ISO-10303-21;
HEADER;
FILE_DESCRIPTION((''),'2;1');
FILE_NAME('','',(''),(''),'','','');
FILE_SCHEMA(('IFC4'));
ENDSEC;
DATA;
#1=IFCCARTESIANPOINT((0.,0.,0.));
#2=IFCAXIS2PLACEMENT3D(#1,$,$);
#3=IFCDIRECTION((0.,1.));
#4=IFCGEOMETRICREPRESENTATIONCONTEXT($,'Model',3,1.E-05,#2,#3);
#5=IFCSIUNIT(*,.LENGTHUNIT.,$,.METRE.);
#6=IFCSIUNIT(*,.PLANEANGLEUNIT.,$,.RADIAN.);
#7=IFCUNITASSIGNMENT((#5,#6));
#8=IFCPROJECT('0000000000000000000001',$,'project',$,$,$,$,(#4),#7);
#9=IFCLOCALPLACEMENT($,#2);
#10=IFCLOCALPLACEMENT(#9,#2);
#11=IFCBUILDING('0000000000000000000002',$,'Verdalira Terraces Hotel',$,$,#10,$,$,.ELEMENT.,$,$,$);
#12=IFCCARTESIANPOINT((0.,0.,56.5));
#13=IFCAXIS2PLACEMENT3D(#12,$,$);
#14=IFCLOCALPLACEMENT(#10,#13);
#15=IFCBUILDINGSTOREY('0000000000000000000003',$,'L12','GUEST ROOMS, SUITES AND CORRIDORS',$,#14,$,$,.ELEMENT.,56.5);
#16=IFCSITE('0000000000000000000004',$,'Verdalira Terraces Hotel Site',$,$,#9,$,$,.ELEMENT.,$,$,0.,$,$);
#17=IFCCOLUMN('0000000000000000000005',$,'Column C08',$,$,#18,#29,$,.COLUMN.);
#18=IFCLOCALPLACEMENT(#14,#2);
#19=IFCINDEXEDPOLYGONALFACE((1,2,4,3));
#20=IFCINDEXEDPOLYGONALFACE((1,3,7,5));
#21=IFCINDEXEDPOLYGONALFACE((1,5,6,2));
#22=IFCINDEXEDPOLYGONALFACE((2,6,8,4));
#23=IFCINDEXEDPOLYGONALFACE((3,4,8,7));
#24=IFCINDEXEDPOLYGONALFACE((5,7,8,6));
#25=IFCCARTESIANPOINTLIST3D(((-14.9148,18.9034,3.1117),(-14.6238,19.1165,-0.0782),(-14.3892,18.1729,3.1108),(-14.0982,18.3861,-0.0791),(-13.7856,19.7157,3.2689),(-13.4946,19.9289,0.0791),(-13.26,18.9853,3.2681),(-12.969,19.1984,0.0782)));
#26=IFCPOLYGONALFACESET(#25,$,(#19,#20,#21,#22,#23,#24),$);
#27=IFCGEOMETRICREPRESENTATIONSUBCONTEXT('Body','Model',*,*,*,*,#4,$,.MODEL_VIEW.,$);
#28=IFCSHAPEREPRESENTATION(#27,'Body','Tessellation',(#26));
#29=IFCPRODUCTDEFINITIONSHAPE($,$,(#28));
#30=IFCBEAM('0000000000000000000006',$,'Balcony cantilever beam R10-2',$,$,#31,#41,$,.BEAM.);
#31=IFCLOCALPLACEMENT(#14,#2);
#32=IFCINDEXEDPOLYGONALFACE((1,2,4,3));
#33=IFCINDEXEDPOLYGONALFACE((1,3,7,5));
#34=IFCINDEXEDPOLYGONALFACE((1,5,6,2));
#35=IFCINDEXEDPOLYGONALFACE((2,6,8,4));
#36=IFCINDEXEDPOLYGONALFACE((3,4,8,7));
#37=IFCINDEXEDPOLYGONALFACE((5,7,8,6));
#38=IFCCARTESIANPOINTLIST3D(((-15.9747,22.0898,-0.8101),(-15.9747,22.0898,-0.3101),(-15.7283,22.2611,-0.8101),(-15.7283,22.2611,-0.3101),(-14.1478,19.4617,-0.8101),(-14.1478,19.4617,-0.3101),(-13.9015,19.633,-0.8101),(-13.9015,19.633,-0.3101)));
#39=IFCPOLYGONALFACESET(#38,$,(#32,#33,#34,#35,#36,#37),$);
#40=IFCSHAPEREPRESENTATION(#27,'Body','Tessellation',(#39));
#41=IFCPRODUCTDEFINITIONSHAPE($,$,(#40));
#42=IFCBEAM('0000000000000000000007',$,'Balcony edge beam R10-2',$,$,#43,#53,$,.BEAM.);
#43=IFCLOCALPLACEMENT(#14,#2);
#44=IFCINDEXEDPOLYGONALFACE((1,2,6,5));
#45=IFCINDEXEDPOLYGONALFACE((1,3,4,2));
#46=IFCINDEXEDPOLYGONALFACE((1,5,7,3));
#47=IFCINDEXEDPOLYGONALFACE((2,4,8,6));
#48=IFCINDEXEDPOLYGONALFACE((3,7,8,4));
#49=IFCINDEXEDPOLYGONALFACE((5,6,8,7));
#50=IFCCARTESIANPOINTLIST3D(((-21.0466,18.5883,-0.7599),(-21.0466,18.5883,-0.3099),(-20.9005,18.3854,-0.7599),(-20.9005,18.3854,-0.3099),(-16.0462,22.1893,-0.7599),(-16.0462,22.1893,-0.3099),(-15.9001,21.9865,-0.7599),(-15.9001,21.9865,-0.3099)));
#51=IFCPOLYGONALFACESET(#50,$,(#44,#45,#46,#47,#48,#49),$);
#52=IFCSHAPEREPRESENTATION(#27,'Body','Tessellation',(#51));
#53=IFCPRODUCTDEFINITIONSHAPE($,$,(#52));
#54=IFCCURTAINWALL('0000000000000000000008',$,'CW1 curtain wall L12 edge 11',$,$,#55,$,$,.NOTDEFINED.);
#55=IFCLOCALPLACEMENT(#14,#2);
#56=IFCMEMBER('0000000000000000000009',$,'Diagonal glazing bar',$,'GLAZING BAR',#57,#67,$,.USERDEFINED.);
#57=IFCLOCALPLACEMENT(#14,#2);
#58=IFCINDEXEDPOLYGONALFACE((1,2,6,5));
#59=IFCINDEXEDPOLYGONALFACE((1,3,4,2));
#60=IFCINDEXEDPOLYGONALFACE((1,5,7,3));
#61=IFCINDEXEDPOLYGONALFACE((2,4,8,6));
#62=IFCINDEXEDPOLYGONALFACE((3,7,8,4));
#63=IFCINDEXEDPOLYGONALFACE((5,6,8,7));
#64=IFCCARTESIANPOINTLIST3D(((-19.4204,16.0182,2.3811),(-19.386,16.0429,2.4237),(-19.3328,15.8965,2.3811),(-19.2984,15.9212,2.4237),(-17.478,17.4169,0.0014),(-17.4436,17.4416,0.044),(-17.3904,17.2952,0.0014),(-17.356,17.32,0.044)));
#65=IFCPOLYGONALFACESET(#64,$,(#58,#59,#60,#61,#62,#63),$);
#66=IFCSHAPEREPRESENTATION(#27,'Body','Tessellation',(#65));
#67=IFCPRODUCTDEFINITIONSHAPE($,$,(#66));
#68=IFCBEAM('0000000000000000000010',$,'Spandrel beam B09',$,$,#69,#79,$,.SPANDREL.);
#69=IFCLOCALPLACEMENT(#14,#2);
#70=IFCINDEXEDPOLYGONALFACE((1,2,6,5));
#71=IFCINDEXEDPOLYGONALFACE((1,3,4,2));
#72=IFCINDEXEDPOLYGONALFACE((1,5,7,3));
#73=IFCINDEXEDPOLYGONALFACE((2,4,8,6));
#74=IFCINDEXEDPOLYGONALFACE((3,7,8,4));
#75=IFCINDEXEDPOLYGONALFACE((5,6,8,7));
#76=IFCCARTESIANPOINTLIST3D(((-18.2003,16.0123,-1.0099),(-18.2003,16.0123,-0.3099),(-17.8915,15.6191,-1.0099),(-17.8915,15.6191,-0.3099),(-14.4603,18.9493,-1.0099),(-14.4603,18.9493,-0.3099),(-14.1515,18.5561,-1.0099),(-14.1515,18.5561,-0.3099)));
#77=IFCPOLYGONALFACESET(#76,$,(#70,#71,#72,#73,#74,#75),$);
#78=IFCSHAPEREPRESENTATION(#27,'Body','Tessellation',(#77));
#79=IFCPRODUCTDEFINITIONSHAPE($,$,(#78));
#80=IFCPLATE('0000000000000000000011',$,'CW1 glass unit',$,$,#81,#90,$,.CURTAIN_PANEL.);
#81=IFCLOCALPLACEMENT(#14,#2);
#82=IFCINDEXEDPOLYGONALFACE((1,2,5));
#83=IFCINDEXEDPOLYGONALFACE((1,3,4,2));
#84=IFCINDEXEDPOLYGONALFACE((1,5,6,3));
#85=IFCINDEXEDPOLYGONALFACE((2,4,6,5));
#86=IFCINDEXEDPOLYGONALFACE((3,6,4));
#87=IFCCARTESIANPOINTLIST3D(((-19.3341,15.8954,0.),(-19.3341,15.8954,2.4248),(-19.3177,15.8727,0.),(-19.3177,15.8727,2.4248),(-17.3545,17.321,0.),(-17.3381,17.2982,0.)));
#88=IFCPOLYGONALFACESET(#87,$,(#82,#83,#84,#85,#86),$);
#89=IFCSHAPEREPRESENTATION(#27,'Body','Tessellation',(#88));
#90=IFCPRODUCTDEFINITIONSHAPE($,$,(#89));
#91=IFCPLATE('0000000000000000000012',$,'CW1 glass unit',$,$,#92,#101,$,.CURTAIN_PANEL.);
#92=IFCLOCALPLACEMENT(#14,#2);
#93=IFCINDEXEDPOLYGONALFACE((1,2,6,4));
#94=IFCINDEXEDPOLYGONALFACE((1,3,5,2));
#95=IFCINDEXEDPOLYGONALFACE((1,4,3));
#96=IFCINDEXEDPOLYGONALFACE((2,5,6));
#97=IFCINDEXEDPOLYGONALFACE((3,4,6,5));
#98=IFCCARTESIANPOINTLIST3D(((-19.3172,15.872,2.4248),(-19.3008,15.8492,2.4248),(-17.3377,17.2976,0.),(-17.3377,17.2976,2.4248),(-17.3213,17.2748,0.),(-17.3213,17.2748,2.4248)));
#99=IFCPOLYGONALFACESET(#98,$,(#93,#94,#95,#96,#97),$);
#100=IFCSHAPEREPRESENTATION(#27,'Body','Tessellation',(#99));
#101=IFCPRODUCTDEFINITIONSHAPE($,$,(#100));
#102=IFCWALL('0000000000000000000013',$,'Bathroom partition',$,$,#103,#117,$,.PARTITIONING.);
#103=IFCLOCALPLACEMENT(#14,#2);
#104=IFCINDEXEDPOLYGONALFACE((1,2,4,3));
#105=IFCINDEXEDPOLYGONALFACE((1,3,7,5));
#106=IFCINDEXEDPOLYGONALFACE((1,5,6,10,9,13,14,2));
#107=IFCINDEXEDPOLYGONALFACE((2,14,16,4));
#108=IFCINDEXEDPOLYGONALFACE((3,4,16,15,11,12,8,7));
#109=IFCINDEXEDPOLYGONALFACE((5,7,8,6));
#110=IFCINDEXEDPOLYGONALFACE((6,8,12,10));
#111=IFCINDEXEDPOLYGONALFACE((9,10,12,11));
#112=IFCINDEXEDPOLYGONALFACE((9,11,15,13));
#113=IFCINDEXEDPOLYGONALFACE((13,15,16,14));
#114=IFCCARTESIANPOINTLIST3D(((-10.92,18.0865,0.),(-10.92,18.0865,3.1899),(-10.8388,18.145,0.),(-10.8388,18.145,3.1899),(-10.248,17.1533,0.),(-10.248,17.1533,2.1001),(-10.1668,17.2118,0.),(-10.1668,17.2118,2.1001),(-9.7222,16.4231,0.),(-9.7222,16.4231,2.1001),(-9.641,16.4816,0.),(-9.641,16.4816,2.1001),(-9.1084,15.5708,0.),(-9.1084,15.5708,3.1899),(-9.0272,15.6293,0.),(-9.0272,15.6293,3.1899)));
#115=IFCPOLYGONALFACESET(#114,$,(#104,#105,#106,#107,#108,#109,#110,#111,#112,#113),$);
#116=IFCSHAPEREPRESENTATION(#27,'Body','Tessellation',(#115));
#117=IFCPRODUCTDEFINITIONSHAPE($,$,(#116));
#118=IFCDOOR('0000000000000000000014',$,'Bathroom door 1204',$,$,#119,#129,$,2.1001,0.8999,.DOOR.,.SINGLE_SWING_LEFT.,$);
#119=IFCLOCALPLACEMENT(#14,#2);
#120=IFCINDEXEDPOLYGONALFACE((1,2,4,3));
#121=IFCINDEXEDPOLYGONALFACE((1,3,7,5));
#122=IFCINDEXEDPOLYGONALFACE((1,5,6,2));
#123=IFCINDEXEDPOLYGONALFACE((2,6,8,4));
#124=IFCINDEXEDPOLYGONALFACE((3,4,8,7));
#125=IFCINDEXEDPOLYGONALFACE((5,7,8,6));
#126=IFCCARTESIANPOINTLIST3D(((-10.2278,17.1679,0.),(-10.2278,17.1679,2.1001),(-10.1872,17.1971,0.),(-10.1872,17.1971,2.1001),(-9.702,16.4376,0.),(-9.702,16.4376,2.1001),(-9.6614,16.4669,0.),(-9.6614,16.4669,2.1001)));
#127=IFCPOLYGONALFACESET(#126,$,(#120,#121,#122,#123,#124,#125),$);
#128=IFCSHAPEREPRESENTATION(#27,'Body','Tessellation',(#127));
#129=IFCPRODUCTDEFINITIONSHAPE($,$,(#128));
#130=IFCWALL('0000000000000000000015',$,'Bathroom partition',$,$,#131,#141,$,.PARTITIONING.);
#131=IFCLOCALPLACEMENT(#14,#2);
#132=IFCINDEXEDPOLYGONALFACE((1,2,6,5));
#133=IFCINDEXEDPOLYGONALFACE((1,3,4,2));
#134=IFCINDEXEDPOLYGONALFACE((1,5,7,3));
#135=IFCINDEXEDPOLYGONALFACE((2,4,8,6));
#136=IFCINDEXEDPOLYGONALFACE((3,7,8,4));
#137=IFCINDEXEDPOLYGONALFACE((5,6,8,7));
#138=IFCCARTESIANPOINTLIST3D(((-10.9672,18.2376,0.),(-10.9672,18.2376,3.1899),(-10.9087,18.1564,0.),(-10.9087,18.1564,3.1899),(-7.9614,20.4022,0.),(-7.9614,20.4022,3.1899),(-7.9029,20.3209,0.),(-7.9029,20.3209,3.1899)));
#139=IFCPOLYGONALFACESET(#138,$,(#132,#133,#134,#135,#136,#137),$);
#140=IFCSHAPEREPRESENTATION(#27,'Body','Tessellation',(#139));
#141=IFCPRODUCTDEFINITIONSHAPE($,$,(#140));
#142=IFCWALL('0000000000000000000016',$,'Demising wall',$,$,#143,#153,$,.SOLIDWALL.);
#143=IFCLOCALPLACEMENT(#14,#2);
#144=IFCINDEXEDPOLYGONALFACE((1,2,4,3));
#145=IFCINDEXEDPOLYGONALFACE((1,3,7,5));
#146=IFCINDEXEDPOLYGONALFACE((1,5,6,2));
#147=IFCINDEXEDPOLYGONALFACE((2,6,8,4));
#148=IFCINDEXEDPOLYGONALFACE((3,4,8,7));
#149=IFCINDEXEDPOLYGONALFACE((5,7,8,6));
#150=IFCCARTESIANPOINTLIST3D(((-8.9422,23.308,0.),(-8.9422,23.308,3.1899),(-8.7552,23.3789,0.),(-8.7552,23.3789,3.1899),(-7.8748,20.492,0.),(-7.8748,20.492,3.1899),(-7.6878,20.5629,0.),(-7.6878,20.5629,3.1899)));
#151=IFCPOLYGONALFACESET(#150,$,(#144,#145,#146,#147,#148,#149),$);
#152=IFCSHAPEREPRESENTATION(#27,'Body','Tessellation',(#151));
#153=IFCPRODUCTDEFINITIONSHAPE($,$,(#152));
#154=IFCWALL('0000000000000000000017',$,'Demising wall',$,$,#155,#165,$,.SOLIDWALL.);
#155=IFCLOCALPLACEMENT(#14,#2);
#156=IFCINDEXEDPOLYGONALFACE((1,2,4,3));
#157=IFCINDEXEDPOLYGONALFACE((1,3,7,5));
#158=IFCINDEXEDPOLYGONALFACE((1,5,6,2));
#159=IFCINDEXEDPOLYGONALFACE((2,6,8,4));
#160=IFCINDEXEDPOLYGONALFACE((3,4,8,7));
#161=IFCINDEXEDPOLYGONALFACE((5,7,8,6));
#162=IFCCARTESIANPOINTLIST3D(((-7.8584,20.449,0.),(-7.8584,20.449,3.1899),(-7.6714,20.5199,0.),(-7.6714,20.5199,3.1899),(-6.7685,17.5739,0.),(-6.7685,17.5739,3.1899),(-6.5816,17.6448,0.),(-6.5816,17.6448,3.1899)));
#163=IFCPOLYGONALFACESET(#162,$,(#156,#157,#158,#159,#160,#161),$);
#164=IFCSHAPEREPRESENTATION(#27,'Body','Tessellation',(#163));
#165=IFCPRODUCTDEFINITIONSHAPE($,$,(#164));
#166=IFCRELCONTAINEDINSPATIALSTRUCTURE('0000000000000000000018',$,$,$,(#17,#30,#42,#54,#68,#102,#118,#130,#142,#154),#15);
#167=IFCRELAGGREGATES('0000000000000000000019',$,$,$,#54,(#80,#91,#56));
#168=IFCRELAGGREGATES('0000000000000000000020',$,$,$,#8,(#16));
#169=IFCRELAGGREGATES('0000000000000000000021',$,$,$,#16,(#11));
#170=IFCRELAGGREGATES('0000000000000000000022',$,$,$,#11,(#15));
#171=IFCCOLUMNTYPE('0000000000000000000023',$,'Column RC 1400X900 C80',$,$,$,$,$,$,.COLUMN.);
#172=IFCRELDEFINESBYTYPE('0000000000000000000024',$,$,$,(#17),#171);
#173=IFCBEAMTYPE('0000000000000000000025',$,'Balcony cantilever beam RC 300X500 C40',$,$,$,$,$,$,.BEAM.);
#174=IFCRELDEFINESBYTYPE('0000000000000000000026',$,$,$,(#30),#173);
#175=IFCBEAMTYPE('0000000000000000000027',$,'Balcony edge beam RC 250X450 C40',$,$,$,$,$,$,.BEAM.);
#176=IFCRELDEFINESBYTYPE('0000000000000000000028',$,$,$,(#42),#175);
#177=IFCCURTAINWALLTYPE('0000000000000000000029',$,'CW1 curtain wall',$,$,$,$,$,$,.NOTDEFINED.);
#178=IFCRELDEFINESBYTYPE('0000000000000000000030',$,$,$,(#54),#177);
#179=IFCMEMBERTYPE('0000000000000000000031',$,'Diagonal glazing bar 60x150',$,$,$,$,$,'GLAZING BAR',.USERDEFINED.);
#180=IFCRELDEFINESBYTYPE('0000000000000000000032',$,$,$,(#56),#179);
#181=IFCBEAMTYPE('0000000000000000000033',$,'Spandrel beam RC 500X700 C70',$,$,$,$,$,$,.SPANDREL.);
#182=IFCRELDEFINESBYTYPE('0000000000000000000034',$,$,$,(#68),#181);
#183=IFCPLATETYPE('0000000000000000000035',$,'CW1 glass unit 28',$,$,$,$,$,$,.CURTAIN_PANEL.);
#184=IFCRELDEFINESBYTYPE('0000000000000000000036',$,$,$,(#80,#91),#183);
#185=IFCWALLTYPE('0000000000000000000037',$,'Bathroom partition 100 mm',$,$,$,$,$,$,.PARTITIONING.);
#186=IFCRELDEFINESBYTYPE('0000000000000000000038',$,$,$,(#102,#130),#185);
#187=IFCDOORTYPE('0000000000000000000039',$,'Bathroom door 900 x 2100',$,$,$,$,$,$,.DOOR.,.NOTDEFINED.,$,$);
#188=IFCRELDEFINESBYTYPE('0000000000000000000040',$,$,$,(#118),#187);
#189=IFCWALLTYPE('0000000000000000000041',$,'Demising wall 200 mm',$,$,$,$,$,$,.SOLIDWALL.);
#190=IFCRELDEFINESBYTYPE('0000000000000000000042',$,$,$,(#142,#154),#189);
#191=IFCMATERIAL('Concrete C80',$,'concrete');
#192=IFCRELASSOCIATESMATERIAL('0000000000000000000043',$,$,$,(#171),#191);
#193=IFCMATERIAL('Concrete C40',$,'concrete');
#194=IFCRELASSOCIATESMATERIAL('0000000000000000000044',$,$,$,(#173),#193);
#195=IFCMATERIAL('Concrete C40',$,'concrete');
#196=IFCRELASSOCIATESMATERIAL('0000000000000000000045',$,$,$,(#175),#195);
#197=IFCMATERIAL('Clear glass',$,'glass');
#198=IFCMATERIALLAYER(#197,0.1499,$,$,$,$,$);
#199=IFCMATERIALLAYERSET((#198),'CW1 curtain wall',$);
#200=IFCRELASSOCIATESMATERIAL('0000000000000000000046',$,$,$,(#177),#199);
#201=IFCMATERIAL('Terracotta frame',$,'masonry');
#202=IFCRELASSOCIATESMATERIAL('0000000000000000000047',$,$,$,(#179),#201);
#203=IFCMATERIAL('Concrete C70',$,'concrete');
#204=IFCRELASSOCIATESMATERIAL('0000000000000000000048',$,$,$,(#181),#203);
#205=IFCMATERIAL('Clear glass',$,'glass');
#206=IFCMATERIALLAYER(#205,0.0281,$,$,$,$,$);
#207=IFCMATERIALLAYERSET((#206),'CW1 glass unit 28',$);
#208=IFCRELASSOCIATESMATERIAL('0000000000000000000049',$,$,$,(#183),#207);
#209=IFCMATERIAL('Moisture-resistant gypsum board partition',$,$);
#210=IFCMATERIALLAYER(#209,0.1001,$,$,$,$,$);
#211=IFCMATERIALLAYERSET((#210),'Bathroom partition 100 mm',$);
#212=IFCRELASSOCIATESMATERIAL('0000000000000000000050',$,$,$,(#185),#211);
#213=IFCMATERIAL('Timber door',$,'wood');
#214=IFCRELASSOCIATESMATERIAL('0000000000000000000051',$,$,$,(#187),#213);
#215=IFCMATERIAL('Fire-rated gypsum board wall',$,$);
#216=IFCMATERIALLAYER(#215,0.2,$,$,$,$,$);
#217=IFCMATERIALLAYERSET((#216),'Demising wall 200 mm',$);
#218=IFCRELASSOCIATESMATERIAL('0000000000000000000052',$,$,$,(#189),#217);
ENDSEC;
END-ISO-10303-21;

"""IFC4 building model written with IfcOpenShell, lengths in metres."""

from ifc_helpers import new_model, si_unit, direction, frame, frame_2d, origin, origin_2d, place, context, subcontext, project, spatial, polyline, rectangle, outline, extrude, material, layer, layer_set, material_profile, profile_set, type_object, element, fill, aggregate, save


model = new_model("IFC4")

# Units and contexts
model_context = context("Model", 3, precision=1e-05, world=origin(), true_north=direction((0.0, 1.0)))
body_context = subcontext(model_context, "Body", "Model", "MODEL_VIEW")
ifc_project = project(units=[si_unit("LENGTHUNIT", "METRE"), si_unit("PLANEANGLEUNIT", "RADIAN")], contexts=[model_context])

# Site, building, storey
site_placement = place(None, origin())
site = spatial("IfcSite", under=ifc_project, at=site_placement, Name="Verdalira Terraces Hotel Site", CompositionType="ELEMENT", RefElevation=0.0)
building_placement = place(site_placement, origin())
building = spatial("IfcBuilding", under=site, at=building_placement, Name="Verdalira Terraces Hotel", CompositionType="ELEMENT")
storey_placement = place(building_placement, frame((0.0, 0.0, 56.5)))
storey = spatial("IfcBuildingStorey", under=building, at=storey_placement, Name="L12", Description="GUEST ROOMS, SUITES AND CORRIDORS", CompositionType="ELEMENT", Elevation=56.5)

# Column
ifc_material_1 = material(Name="Concrete C80", Category="concrete")
ifc_material_profile_1 = material_profile(ifc_material_1, rectangle(XDim=1.3999, YDim=0.8999, at=origin_2d()), Name="RC 1400X900")
ifc_profile_set_1 = profile_set([ifc_material_profile_1], Name="Concrete C80")
column_type = type_object("IfcColumnType", Name="Column RC 1400X900 C80", PredefinedType="COLUMN", material=ifc_profile_set_1)
column_placement = place(storey_placement, frame((-13.7964, 19.1575, 0.0), z_axis=(-0.090651, -0.066392, 0.993667), x_axis=(-0.806615, -0.5803, -0.112359)))
element("IfcColumn", 1, at=column_placement, inside=storey, type_object=column_type, Name="Column C08", PredefinedType="COLUMN", context=body_context, shape_type="SweptSolid", body=[
    extrude(rectangle(XDim=1.3999, YDim=0.8999, at=origin_2d()), origin(), (0.0, 0.0, 1.0), 3.2102),
])

# Beams
ifc_material_2 = material(Name="Concrete C40", Category="concrete")
ifc_material_profile_2 = material_profile(ifc_material_2, rectangle(XDim=0.3, YDim=0.5, at=origin_2d()), Name="RC 300X500")
ifc_profile_set_2 = profile_set([ifc_material_profile_2], Name="Concrete C40")
beam_type_1 = type_object("IfcBeamType", Name="Balcony cantilever beam RC 300X500 C40", PredefinedType="BEAM", material=ifc_profile_set_2)
beam_1_placement = place(storey_placement, frame((-14.0247, 19.5474, -0.5601), z_axis=(-0.570772, 0.821109, 0.0), x_axis=(-0.821109, -0.570772, 0.0)))
element("IfcBeam", 2, at=beam_1_placement, inside=storey, type_object=beam_type_1, Name="Balcony cantilever beam R10-2", PredefinedType="BEAM", context=body_context, shape_type="SweptSolid", body=[
    extrude(rectangle(XDim=0.3, YDim=0.5, at=origin_2d()), origin(), (0.0, 0.0, 1.0), 3.2007),
])
ifc_material_3 = material(Name="Concrete C40", Category="concrete")
ifc_material_profile_3 = material_profile(ifc_material_3, rectangle(XDim=0.25, YDim=0.45, at=origin_2d()), Name="RC 250X450")
ifc_profile_set_3 = profile_set([ifc_material_profile_3], Name="Concrete C40")
beam_type_2 = type_object("IfcBeamType", Name="Balcony edge beam RC 250X450 C40", PredefinedType="BEAM", material=ifc_profile_set_3)
beam_2_placement = place(storey_placement, frame((-15.9731, 22.0879, -0.5349), z_axis=(-0.811479, -0.584382, 0.0), x_axis=(0.584382, -0.811479, 0.0)))
element("IfcBeam", 3, at=beam_2_placement, inside=storey, type_object=beam_type_2, Name="Balcony edge beam R10-2", PredefinedType="BEAM", context=body_context, shape_type="SweptSolid", body=[
    extrude(rectangle(XDim=0.25, YDim=0.45, at=origin_2d()), origin(), (0.0, 0.0, 1.0), 6.1621),
])

# Curtain wall, member
ifc_material_4 = material(Name="Clear glass", Category="glass")
ifc_layer_1 = layer(ifc_material_4, 0.1499)
ifc_layer_set_1 = layer_set([ifc_layer_1], Name="CW1 curtain wall")
curtain_wall_type = type_object("IfcCurtainWallType", Name="CW1 curtain wall", PredefinedType="NOTDEFINED", material=ifc_layer_set_1)
curtain_wall_placement = place(storey_placement, origin())
curtain_wall = element("IfcCurtainWall", 4, at=curtain_wall_placement, inside=storey, type_object=curtain_wall_type, Name="CW1 curtain wall L12 edge 11", PredefinedType="NOTDEFINED")
ifc_material_5 = material(Name="Terracotta frame", Category="masonry")
ifc_material_profile_4 = material_profile(ifc_material_5, rectangle(XDim=0.1499, YDim=0.0601, at=origin_2d()), Name="GB 60x150")
ifc_profile_set_4 = profile_set([ifc_material_profile_4], Name="Terracotta frame")
member_type = type_object("IfcMemberType", Name="Diagonal glazing bar 60x150", ElementType="GLAZING BAR", PredefinedType="USERDEFINED", material=ifc_profile_set_4)
member_placement = place(storey_placement, frame((-17.417, 17.3684, 0.0227), z_axis=(-0.57549, -0.414402, 0.70504), x_axis=(0.58435, -0.811501, 0.0)))
member = element("IfcMember", 5, at=member_placement, type_object=member_type, Name="Diagonal glazing bar", ObjectType="GLAZING BAR", PredefinedType="USERDEFINED", context=body_context, shape_type="SweptSolid", body=[
    extrude(rectangle(XDim=0.1499, YDim=0.0601, at=origin_2d()), origin(), (0.0, 0.0, 1.0), 3.3752),
])

# Beam
ifc_material_6 = material(Name="Concrete C70", Category="concrete")
ifc_material_profile_5 = material_profile(ifc_material_6, rectangle(XDim=0.5, YDim=0.7, at=origin_2d()), Name="RC 500X700")
ifc_profile_set_5 = profile_set([ifc_material_profile_5], Name="Concrete C70")
beam_type_3 = type_object("IfcBeamType", Name="Spandrel beam RC 500X700 C70", PredefinedType="SPANDREL", material=ifc_profile_set_5)
beam_3_placement = place(storey_placement, frame((-14.3059, 18.7527, -0.6599), z_axis=(-0.786477, -0.61762, 0.0), x_axis=(0.61762, -0.786477, 0.0)))
element("IfcBeam", 6, at=beam_3_placement, inside=storey, type_object=beam_type_3, Name="Spandrel beam B09", PredefinedType="SPANDREL", context=body_context, shape_type="SweptSolid", body=[
    extrude(rectangle(XDim=0.5, YDim=0.7, at=origin_2d()), origin(), (0.0, 0.0, 1.0), 4.7554),
])

# Plates
ifc_material_7 = material(Name="Clear glass", Category="glass")
ifc_layer_2 = layer(ifc_material_7, 0.0281)
ifc_layer_set_2 = layer_set([ifc_layer_2], Name="CW1 glass unit 28")
plate_type = type_object("IfcPlateType", Name="CW1 glass unit 28", PredefinedType="CURTAIN_PANEL", material=ifc_layer_set_2)
plate_1_placement = place(storey_placement, frame((-18.3279, 16.5854, 1.2124), z_axis=(-0.584391, 0.811472, 0.0), x_axis=(-0.811472, -0.584391, 0.0)))
plate_1 = element("IfcPlate", 7, at=plate_1_placement, type_object=plate_type, Name="CW1 glass unit", PredefinedType="CURTAIN_PANEL", context=body_context, shape_type="SweptSolid", body=[
    extrude(outline(polyline([(-1.2197, -1.2124), (1.2197, -1.2124), (1.2197, 1.2124), (-1.2197, -1.2124)])), origin(), (0.0, 0.0, 1.0), 0.0281),
])
plate_2_placement = place(storey_placement, frame((-18.311, 16.562, 1.2124), z_axis=(-0.584391, 0.811472, 0.0), x_axis=(-0.811472, -0.584391, 0.0)))
plate_2 = element("IfcPlate", 8, at=plate_2_placement, type_object=plate_type, Name="CW1 glass unit", PredefinedType="CURTAIN_PANEL", context=body_context, shape_type="SweptSolid", body=[
    extrude(outline(polyline([(-1.2197, -1.2124), (1.2197, 1.2124), (-1.2197, 1.2124), (-1.2197, -1.2124)])), origin(), (0.0, 0.0, 1.0), 0.0281),
])
aggregate(curtain_wall, [plate_1, plate_2, member])

# Wall, opening, door
ifc_material_8 = material(Name="Moisture-resistant gypsum board partition")
ifc_layer_3 = layer(ifc_material_8, 0.1001)
ifc_layer_set_3 = layer_set([ifc_layer_3], Name="Bathroom partition 100 mm")
wall_type_1 = type_object("IfcWallType", Name="Bathroom partition 100 mm", PredefinedType="PARTITIONING", material=ifc_layer_set_3)
wall_1_placement = place(storey_placement, frame((-10.8794, 18.1157, 0.0), z_axis=(0.0, 0.0, 1.0), x_axis=(0.584363, -0.811493, 0.0)))
wall_1 = element("IfcWall", 9, at=wall_1_placement, inside=storey, type_object=wall_type_1, Name="Bathroom partition", PredefinedType="PARTITIONING", context=body_context, shape_type="SweptSolid", body=[
    extrude(rectangle(XDim=3.1001, YDim=0.1001, at=frame_2d((1.55, 0.0))), origin(), (0.0, 0.0, 1.0), 3.1899),
])
opening_1_placement = place(wall_1_placement, frame((1.1499, 0.0, 0.0)))
opening_1 = element("IfcOpeningElement", 10, at=opening_1_placement, cuts=wall_1, PredefinedType="OPENING", context=body_context, shape_type="SweptSolid", body=[
    extrude(rectangle(XDim=0.8999, YDim=2.1001, at=frame_2d((0.45, 1.05))), frame((0.0, 0.0601, 0.0), z_axis=(0.0, -1.0, 0.0), x_axis=(1.0, 0.0, 0.0)), (0.0, 0.0, 1.0), 0.1201),
])
ifc_material_9 = material(Name="Timber door", Category="wood")
door_type_1 = type_object("IfcDoorType", Name="Bathroom door 900 x 2100", OperationType="NOTDEFINED", PredefinedType="DOOR", material=ifc_material_9)
door_1_placement = place(opening_1_placement, origin())
door_1 = element("IfcDoor", 11, at=door_1_placement, inside=storey, type_object=door_type_1, Name="Bathroom door 1204", OperationType="SINGLE_SWING_LEFT", OverallHeight=2.1001, OverallWidth=0.8999, PredefinedType="DOOR", context=body_context, shape_type="SweptSolid", body=[
    extrude(rectangle(XDim=0.8999, YDim=2.1001, at=frame_2d((0.45, 1.05))), frame((0.0, 0.0249, 0.0), z_axis=(0.0, -1.0, 0.0), x_axis=(1.0, 0.0, 0.0)), (0.0, 0.0, 1.0), 0.05),
])
fill(opening_1, door_1)

# Walls
wall_2_placement = place(storey_placement, frame((-10.938, 18.197, 0.0), z_axis=(0.0, 0.0, 1.0), x_axis=(0.811492, 0.584364, 0.0)))
element("IfcWall", 12, at=wall_2_placement, inside=storey, type_object=wall_type_1, Name="Bathroom partition", PredefinedType="PARTITIONING", context=body_context, shape_type="SweptSolid", body=[
    extrude(rectangle(XDim=3.7041, YDim=0.1001, at=frame_2d((1.8521, 0.0))), origin(), (0.0, 0.0, 1.0), 3.1899),
])
ifc_material_10 = material(Name="Fire-rated gypsum board wall")
ifc_layer_4 = layer(ifc_material_10, 0.2)
ifc_layer_set_4 = layer_set([ifc_layer_4], Name="Demising wall 200 mm")
wall_type_2 = type_object("IfcWallType", Name="Demising wall 200 mm", PredefinedType="SOLIDWALL", material=ifc_layer_set_4)
wall_3_placement = place(storey_placement, frame((-7.7812, 20.5273, 0.0), z_axis=(0.0, 0.0, 1.0), x_axis=(-0.354444, 0.935077, 0.0)))
element("IfcWall", 13, at=wall_3_placement, inside=storey, type_object=wall_type_2, Name="Demising wall", PredefinedType="SOLIDWALL", context=body_context, shape_type="SweptSolid", body=[
    extrude(rectangle(XDim=3.0115, YDim=0.2, at=frame_2d((1.5059, 0.0))), origin(), (0.0, 0.0, 1.0), 3.1899),
])
wall_4_placement = place(storey_placement, frame((-6.675, 17.6094, 0.0), z_axis=(0.0, 0.0, 1.0), x_axis=(-0.354463, 0.93507, 0.0)))
element("IfcWall", 14, at=wall_4_placement, inside=storey, type_object=wall_type_2, Name="Demising wall", PredefinedType="SOLIDWALL", context=body_context, shape_type="SweptSolid", body=[
    extrude(rectangle(XDim=3.0747, YDim=0.2, at=frame_2d((1.5374, 0.0))), origin(), (0.0, 0.0, 1.0), 3.1899),
])

save(model, "model.ifc")
